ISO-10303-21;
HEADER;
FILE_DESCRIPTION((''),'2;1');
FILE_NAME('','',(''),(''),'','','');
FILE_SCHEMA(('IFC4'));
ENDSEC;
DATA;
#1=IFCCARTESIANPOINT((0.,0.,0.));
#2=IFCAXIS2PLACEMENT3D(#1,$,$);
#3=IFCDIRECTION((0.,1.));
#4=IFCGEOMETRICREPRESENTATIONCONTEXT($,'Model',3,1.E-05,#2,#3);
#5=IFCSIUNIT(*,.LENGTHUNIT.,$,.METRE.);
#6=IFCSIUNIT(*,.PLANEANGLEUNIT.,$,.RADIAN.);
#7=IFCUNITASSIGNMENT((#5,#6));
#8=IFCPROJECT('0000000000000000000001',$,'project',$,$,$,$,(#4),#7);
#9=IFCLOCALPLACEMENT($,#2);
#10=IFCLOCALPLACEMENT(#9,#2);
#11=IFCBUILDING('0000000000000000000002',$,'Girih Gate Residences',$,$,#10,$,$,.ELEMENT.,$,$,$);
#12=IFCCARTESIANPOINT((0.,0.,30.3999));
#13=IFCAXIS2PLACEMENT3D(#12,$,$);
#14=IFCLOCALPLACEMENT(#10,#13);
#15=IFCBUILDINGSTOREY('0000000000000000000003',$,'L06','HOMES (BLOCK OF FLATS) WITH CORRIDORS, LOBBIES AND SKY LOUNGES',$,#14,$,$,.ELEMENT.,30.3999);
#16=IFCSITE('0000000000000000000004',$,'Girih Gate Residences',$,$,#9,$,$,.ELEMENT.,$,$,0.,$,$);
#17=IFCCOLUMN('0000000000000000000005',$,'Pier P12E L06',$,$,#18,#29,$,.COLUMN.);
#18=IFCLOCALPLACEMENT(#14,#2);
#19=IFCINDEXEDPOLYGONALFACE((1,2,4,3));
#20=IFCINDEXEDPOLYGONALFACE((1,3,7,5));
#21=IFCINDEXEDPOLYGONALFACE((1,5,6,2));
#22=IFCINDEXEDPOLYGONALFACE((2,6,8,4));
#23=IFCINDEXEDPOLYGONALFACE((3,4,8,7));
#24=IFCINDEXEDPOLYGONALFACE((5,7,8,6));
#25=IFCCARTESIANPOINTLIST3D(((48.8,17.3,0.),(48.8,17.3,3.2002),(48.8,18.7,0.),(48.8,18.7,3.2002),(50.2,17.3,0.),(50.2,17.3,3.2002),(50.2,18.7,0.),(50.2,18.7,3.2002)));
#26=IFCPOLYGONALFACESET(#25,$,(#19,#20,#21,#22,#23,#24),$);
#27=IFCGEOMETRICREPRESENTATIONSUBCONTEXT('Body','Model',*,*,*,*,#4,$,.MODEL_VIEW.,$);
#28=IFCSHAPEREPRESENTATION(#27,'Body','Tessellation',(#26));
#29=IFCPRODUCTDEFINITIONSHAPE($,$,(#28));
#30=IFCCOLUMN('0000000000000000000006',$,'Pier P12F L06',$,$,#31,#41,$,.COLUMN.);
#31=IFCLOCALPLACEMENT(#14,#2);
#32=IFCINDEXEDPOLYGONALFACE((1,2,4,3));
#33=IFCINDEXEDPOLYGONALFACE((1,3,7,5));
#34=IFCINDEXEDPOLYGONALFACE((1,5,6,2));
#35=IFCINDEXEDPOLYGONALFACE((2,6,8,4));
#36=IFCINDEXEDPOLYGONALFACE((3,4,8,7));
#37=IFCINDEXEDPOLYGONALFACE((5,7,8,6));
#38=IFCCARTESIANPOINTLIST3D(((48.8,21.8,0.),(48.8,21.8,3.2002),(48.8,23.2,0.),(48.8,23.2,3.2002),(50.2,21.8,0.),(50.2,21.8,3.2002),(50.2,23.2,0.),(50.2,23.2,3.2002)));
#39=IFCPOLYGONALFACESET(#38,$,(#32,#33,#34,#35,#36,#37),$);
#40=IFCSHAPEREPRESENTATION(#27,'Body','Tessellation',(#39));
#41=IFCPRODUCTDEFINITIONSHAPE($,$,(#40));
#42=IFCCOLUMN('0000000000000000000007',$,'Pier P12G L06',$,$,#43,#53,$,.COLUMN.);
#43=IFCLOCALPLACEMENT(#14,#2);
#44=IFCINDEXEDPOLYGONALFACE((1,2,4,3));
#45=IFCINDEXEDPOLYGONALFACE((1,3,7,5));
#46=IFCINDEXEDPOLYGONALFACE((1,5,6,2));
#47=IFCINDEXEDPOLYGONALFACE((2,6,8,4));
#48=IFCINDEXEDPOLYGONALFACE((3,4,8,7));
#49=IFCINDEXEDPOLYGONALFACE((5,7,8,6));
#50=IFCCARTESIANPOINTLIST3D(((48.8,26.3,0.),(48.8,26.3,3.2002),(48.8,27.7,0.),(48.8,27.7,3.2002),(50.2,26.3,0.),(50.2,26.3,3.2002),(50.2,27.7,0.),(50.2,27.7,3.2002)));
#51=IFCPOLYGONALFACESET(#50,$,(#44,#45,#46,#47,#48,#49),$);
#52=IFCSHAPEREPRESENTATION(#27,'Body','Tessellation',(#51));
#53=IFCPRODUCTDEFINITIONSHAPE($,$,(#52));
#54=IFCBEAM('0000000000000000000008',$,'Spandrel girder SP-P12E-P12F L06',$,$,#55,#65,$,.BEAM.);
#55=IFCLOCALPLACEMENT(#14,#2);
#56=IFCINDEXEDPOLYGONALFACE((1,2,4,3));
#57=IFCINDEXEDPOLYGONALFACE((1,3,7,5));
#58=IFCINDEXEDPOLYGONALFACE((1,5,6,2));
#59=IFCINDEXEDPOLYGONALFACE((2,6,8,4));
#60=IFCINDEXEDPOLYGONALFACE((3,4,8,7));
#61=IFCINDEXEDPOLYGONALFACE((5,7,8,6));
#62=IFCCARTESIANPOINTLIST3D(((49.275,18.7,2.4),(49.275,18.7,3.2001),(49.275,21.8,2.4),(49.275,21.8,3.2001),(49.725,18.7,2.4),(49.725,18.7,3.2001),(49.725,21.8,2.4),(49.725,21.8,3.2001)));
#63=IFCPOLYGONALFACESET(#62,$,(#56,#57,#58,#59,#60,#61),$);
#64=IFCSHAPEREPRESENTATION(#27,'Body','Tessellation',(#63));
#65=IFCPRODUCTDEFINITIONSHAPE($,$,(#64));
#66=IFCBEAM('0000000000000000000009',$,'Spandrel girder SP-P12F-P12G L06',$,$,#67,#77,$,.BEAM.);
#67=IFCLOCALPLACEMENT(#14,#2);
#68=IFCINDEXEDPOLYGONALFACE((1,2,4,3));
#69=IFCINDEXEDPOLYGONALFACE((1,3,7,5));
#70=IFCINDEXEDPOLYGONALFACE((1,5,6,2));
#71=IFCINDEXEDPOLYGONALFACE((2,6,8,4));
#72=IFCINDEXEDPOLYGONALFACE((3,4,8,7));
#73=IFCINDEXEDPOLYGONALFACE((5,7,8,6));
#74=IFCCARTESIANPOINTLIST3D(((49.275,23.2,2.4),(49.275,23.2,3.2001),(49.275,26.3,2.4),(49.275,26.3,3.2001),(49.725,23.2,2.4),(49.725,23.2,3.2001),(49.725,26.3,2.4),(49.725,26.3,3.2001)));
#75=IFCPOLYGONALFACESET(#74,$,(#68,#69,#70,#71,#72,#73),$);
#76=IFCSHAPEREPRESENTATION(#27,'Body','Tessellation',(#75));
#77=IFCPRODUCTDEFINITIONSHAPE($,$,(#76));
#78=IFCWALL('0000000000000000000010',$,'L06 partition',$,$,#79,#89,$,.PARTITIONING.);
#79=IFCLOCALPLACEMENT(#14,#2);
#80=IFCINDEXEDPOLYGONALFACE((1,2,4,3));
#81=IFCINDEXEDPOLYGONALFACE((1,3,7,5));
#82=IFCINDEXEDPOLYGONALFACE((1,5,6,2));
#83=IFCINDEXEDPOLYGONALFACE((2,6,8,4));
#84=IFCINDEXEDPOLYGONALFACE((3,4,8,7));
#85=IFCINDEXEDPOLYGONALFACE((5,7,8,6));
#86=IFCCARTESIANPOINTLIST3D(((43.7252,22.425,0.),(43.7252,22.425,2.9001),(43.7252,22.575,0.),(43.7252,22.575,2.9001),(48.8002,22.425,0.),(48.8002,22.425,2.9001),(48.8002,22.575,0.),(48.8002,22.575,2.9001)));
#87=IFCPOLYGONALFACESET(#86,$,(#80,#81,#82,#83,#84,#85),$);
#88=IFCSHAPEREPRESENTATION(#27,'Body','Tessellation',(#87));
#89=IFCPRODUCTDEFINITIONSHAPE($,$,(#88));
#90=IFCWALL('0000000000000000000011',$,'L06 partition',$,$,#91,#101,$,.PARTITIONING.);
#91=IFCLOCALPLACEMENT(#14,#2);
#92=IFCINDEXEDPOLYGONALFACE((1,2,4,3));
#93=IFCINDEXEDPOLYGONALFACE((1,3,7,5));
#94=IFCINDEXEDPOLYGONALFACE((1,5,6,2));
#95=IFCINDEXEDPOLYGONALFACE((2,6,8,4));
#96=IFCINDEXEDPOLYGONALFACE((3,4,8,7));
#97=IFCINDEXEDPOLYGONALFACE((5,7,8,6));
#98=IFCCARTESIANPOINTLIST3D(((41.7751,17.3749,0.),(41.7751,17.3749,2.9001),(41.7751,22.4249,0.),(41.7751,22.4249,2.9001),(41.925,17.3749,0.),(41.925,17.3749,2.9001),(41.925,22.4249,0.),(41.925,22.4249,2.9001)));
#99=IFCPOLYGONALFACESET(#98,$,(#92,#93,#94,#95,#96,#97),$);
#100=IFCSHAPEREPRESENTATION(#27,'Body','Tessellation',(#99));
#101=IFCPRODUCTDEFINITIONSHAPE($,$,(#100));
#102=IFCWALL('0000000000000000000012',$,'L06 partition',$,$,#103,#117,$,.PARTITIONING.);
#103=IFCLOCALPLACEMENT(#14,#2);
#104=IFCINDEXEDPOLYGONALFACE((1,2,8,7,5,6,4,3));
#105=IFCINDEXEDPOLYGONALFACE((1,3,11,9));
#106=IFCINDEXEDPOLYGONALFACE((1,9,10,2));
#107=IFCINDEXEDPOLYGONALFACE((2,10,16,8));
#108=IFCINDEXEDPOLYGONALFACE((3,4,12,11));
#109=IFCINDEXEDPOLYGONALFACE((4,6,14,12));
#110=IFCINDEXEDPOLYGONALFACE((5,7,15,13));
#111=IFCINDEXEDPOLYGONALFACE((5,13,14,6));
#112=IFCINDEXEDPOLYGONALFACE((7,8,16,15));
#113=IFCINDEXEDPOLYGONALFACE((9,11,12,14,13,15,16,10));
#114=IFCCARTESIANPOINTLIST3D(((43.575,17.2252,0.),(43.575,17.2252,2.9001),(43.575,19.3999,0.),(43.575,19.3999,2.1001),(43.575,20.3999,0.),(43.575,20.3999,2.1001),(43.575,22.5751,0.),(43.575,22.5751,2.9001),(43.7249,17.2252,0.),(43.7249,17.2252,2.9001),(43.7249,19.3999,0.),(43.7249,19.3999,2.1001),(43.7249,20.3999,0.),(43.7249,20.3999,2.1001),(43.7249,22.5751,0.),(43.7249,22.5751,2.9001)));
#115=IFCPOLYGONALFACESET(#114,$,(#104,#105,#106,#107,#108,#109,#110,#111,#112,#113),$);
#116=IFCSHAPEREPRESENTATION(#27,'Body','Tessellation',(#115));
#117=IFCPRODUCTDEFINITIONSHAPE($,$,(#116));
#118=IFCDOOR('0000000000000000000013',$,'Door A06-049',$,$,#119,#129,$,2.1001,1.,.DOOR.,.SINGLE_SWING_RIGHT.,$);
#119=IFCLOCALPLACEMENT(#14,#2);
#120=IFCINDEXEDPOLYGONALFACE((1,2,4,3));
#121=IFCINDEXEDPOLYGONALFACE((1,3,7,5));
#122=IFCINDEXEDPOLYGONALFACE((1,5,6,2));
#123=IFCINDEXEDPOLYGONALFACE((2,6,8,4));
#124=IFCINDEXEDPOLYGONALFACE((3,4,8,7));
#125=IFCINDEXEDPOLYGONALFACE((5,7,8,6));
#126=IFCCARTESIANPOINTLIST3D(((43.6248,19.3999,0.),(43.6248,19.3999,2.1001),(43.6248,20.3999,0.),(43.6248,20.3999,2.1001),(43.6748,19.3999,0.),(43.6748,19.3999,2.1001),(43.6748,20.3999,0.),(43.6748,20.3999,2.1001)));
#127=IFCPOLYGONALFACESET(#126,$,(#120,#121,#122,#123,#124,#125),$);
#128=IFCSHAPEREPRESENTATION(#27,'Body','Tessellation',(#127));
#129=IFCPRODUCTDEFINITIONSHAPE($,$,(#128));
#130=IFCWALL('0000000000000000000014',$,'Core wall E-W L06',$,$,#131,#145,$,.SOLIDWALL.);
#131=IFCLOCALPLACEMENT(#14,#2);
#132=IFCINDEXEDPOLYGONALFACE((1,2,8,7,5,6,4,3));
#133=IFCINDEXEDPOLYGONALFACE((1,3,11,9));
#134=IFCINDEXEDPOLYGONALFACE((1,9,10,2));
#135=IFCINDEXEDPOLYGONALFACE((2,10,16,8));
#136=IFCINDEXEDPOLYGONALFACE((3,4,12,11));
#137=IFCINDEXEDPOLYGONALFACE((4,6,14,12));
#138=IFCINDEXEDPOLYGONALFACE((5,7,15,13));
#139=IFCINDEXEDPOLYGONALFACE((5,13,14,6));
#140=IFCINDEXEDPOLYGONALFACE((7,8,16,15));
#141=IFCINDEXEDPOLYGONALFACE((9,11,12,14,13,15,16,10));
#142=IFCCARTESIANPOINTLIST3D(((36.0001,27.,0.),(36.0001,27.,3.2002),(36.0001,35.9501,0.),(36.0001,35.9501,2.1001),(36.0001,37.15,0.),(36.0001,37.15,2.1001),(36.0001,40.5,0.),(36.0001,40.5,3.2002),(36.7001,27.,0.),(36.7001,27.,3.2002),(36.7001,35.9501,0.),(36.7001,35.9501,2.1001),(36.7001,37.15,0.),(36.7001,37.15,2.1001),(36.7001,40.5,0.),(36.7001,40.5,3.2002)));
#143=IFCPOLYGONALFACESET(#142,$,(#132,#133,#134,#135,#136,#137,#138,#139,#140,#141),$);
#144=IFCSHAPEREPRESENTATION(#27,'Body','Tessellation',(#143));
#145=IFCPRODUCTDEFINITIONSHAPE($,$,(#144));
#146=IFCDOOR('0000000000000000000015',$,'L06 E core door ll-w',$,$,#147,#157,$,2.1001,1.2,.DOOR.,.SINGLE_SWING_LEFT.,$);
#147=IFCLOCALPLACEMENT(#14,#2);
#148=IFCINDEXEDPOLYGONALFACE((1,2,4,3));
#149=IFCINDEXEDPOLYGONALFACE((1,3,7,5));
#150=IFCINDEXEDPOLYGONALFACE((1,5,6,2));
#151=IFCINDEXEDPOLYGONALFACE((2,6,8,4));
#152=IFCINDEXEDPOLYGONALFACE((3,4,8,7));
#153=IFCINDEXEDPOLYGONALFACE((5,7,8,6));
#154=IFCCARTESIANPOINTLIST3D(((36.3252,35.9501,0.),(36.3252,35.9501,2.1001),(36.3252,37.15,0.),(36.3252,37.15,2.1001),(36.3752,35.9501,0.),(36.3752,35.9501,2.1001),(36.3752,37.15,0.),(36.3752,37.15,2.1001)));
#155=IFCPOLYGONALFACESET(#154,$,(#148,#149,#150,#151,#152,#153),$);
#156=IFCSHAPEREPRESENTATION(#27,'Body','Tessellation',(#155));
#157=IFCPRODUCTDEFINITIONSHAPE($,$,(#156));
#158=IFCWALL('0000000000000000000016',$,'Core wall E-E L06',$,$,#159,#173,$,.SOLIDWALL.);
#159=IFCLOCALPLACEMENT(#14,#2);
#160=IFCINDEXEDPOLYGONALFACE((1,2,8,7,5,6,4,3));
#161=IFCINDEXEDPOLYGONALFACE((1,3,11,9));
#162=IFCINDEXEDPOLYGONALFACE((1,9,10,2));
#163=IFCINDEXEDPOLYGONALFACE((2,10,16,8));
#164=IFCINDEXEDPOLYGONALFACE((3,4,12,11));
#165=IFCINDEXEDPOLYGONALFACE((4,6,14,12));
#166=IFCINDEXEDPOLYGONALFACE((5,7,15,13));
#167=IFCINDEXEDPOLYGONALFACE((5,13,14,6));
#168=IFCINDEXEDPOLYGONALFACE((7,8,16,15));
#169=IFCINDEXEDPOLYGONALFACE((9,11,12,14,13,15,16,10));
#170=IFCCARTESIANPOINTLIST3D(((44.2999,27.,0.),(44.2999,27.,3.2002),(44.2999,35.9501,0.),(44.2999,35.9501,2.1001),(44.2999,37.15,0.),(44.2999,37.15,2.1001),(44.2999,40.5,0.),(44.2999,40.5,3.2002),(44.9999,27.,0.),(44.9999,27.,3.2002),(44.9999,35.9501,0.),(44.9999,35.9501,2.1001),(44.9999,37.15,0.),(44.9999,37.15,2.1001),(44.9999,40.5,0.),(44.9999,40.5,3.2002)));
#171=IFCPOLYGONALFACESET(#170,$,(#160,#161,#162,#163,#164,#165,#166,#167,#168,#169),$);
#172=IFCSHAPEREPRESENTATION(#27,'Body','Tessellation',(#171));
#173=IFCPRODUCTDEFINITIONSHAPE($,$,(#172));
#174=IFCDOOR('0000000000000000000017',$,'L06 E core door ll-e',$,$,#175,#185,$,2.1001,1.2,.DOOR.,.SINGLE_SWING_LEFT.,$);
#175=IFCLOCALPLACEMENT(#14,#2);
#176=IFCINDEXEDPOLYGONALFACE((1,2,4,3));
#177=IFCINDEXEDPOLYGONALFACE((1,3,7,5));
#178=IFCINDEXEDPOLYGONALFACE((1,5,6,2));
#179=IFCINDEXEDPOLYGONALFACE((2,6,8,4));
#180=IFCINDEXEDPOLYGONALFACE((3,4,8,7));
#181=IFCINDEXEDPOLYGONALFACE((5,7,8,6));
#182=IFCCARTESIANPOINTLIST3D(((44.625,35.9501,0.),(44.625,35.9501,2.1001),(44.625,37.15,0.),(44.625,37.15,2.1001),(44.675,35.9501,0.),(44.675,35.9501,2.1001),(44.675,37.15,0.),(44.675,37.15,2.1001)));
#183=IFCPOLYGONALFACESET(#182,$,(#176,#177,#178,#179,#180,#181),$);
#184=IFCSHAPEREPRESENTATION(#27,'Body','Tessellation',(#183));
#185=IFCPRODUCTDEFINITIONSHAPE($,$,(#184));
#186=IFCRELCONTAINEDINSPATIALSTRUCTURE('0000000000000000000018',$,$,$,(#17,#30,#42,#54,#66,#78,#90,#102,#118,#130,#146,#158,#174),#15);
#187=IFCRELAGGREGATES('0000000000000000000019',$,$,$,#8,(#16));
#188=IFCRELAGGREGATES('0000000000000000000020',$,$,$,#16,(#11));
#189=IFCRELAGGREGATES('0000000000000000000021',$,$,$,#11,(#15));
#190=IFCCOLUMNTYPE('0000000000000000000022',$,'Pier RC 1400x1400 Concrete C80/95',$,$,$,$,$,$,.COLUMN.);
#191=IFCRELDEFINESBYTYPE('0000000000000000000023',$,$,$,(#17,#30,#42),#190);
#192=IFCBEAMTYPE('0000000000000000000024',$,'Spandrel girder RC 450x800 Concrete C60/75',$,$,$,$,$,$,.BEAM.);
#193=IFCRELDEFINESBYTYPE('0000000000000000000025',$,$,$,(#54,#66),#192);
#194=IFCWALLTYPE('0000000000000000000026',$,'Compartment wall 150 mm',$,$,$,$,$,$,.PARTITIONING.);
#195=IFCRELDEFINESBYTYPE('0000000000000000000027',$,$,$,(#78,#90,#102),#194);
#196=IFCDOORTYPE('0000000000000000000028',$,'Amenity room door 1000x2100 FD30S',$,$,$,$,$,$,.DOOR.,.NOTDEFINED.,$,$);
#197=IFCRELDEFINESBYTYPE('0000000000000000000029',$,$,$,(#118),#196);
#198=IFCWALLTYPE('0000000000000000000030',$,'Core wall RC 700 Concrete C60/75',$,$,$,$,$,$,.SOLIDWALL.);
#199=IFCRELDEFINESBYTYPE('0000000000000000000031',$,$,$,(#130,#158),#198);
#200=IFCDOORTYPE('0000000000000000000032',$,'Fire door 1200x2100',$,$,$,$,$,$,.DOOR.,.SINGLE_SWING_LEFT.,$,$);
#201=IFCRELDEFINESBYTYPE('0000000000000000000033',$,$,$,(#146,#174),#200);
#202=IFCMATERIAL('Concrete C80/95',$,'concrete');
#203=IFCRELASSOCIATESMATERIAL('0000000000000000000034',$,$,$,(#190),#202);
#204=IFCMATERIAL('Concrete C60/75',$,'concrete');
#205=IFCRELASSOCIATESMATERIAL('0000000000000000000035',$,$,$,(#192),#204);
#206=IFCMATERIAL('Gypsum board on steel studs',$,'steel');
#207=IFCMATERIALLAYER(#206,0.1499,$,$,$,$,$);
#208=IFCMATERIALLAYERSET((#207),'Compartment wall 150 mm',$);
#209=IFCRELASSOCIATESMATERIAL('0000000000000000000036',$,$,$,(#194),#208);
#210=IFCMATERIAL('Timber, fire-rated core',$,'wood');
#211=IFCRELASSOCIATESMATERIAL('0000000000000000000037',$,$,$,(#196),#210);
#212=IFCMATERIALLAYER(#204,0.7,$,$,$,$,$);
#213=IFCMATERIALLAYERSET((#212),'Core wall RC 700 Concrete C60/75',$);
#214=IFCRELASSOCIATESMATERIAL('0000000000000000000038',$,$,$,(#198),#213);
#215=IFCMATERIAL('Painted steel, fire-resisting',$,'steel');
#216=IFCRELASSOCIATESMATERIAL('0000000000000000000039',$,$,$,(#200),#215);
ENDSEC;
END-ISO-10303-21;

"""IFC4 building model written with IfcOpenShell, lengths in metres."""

from ifc_helpers import new_model, si_unit, direction, frame, frame_2d, origin, origin_2d, place, context, subcontext, project, spatial, rectangle, extrude, material, layer, layer_set, material_profile, profile_set, type_object, element, fill, save


model = new_model("IFC4")

# Units and contexts
model_context = context("Model", 3, precision=1e-05, world=origin(), true_north=direction((0.0, 1.0)))
body_context = subcontext(model_context, "Body", "Model", "MODEL_VIEW")
ifc_project = project(units=[si_unit("LENGTHUNIT", "METRE"), si_unit("PLANEANGLEUNIT", "RADIAN")], contexts=[model_context])

# Site, building, storey
site_placement = place(None, origin())
site = spatial("IfcSite", under=ifc_project, at=site_placement, Name="Girih Gate Residences", CompositionType="ELEMENT", RefElevation=0.0)
building_placement = place(site_placement, origin())
building = spatial("IfcBuilding", under=site, at=building_placement, Name="Girih Gate Residences", CompositionType="ELEMENT")
storey_placement = place(building_placement, frame((0.0, 0.0, 30.3999)))
storey = spatial("IfcBuildingStorey", under=building, at=storey_placement, Name="L06", Description="HOMES (BLOCK OF FLATS) WITH CORRIDORS, LOBBIES AND SKY LOUNGES", CompositionType="ELEMENT", Elevation=30.3999)

# Columns
ifc_material_1 = material(Name="Concrete C80/95", Category="concrete")
ifc_material_profile_1 = material_profile(ifc_material_1, rectangle(XDim=1.3999, YDim=1.3999, at=origin_2d()))
ifc_profile_set_1 = profile_set([ifc_material_profile_1], Name="Concrete C80/95")
column_type = type_object("IfcColumnType", Name="Pier RC 1400x1400 Concrete C80/95", PredefinedType="COLUMN", material=ifc_profile_set_1)
for number, where, z_axis, x_axis, name in (
    (1, (49.5, 18.0, 0.0), (0.0, 0.0, 1.0), (1.0, 0.0, 0.0), "Pier P12E L06"),
    (2, (49.5, 22.5, 0.0), (0.0, 0.0, 1.0), (1.0, 0.0, 0.0), "Pier P12F L06"),
    (3, (49.5, 27.0, 0.0), (0.0, 0.0, 1.0), (1.0, 0.0, 0.0), "Pier P12G L06"),
):
    element("IfcColumn", number, at=place(storey_placement, frame(where, z_axis=z_axis, x_axis=x_axis)), inside=storey, type_object=column_type, Name=name, PredefinedType="COLUMN", context=body_context, shape_type="SweptSolid", body=[
        extrude(rectangle(XDim=1.3999, YDim=1.3999, at=origin_2d()), origin(), (0.0, 0.0, 1.0), 3.2002),
    ])

# Beams
ifc_material_2 = material(Name="Concrete C60/75", Category="concrete")
ifc_material_profile_2 = material_profile(ifc_material_2, rectangle(XDim=0.45, YDim=0.8, at=origin_2d()))
ifc_profile_set_2 = profile_set([ifc_material_profile_2], Name="Concrete C60/75")
beam_type = type_object("IfcBeamType", Name="Spandrel girder RC 450x800 Concrete C60/75", PredefinedType="BEAM", material=ifc_profile_set_2)
for number, where, z_axis, x_axis, name in (
    (4, (49.5, 18.7, 2.8), (0.0, 1.0, 0.0), (-1.0, 0.0, 0.0), "Spandrel girder SP-P12E-P12F L06"),
    (5, (49.5, 23.2, 2.8), (0.0, 1.0, 0.0), (-1.0, 0.0, 0.0), "Spandrel girder SP-P12F-P12G L06"),
):
    element("IfcBeam", number, at=place(storey_placement, frame(where, z_axis=z_axis, x_axis=x_axis)), inside=storey, type_object=beam_type, Name=name, PredefinedType="BEAM", context=body_context, shape_type="SweptSolid", body=[
        extrude(rectangle(XDim=0.45, YDim=0.8, at=origin_2d()), origin(), (0.0, 0.0, 1.0), 3.1001),
    ])

# Walls
ifc_material_3 = material(Name="Gypsum board on steel studs", Category="steel")
ifc_layer_1 = layer(ifc_material_3, 0.1499)
ifc_layer_set_1 = layer_set([ifc_layer_1], Name="Compartment wall 150 mm")
wall_type_1 = type_object("IfcWallType", Name="Compartment wall 150 mm", PredefinedType="PARTITIONING", material=ifc_layer_set_1)
wall_1_placement = place(storey_placement, frame((43.7251, 22.5, 0.0), z_axis=(0.0, 0.0, 1.0), x_axis=(1.0, 0.0, 0.0)))
element("IfcWall", 6, at=wall_1_placement, inside=storey, type_object=wall_type_1, Name="L06 partition", PredefinedType="PARTITIONING", context=body_context, shape_type="SweptSolid", body=[
    extrude(rectangle(XDim=5.075, YDim=0.1499, at=frame_2d((2.5376, 0.0))), origin(), (0.0, 0.0, 1.0), 2.9001),
])
wall_2_placement = place(storey_placement, frame((41.8501, 17.375, 0.0), z_axis=(0.0, 0.0, 1.0), x_axis=(0.0, 1.0, 0.0)))
element("IfcWall", 7, at=wall_2_placement, inside=storey, type_object=wall_type_1, Name="L06 partition", PredefinedType="PARTITIONING", context=body_context, shape_type="SweptSolid", body=[
    extrude(rectangle(XDim=5.05, YDim=0.1499, at=frame_2d((2.5249, 0.0))), origin(), (0.0, 0.0, 1.0), 2.9001),
])

# Walls, openings, doors
wall_3_placement = place(storey_placement, frame((43.6499, 22.575, 0.0), z_axis=(0.0, 0.0, 1.0), x_axis=(0.0, -1.0, 0.0)))
wall_3 = element("IfcWall", 8, at=wall_3_placement, inside=storey, type_object=wall_type_1, Name="L06 partition", PredefinedType="PARTITIONING", context=body_context, shape_type="SweptSolid", body=[
    extrude(rectangle(XDim=5.3499, YDim=0.1499, at=frame_2d((2.6748, 0.0))), origin(), (0.0, 0.0, 1.0), 2.9001),
])
opening_1_placement = place(wall_3_placement, frame((2.175, 0.0, 0.0)))
opening_1 = element("IfcOpeningElement", 9, at=opening_1_placement, cuts=wall_3, PredefinedType="OPENING", context=body_context, shape_type="SweptSolid", body=[
    extrude(rectangle(XDim=1.0, YDim=2.1001, at=frame_2d((0.5, 1.05))), frame((0.0, 0.085, 0.0), z_axis=(0.0, -1.0, 0.0), x_axis=(1.0, 0.0, 0.0)), (0.0, 0.0, 1.0), 0.1699),
])
ifc_material_4 = material(Name="Timber, fire-rated core", Category="wood")
door_type_1 = type_object("IfcDoorType", Name="Amenity room door 1000x2100 FD30S", OperationType="NOTDEFINED", PredefinedType="DOOR", material=ifc_material_4)
door_1_placement = place(opening_1_placement, origin())
door_1 = element("IfcDoor", 10, at=door_1_placement, inside=storey, type_object=door_type_1, Name="Door A06-049", OperationType="SINGLE_SWING_RIGHT", OverallHeight=2.1001, OverallWidth=1.0, PredefinedType="DOOR", context=body_context, shape_type="SweptSolid", body=[
    extrude(rectangle(XDim=1.0, YDim=2.1001, at=frame_2d((0.5, 1.05))), frame((0.0, 0.0249, 0.0), z_axis=(0.0, -1.0, 0.0), x_axis=(1.0, 0.0, 0.0)), (0.0, 0.0, 1.0), 0.05),
])
fill(opening_1, door_1)
ifc_layer_2 = layer(ifc_material_2, 0.7)
ifc_layer_set_2 = layer_set([ifc_layer_2], Name="Core wall RC 700 Concrete C60/75")
wall_type_2 = type_object("IfcWallType", Name="Core wall RC 700 Concrete C60/75", PredefinedType="SOLIDWALL", material=ifc_layer_set_2)
wall_4_placement = place(storey_placement, frame((36.3501, 27.0, 0.0), z_axis=(0.0, 0.0, 1.0), x_axis=(0.0, 1.0, 0.0)))
wall_4 = element("IfcWall", 11, at=wall_4_placement, inside=storey, type_object=wall_type_2, Name="Core wall E-W L06", PredefinedType="SOLIDWALL", context=body_context, shape_type="SweptSolid", body=[
    extrude(rectangle(XDim=13.5, YDim=0.7, at=frame_2d((6.75, 0.0))), origin(), (0.0, 0.0, 1.0), 3.2002),
])
opening_2_placement = place(wall_4_placement, frame((8.95, 0.0, 0.0)))
opening_2 = element("IfcOpeningElement", 12, at=opening_2_placement, cuts=wall_4, PredefinedType="OPENING", context=body_context, shape_type="SweptSolid", body=[
    extrude(rectangle(XDim=1.2, YDim=2.1001, at=frame_2d((0.6001, 1.05))), frame((0.0, 0.3599, 0.0), z_axis=(0.0, -1.0, 0.0), x_axis=(1.0, 0.0, 0.0)), (0.0, 0.0, 1.0), 0.72),
])
ifc_material_5 = material(Name="Painted steel, fire-resisting", Category="steel")
door_type_2 = type_object("IfcDoorType", Name="Fire door 1200x2100", OperationType="SINGLE_SWING_LEFT", PredefinedType="DOOR", material=ifc_material_5)
door_2_placement = place(opening_2_placement, origin())
door_2 = element("IfcDoor", 13, at=door_2_placement, inside=storey, type_object=door_type_2, Name="L06 E core door ll-w", OperationType="SINGLE_SWING_LEFT", OverallHeight=2.1001, OverallWidth=1.2, PredefinedType="DOOR", context=body_context, shape_type="SweptSolid", body=[
    extrude(rectangle(XDim=1.2, YDim=2.1001, at=frame_2d((0.6001, 1.05))), frame((0.0, 0.0249, 0.0), z_axis=(0.0, -1.0, 0.0), x_axis=(1.0, 0.0, 0.0)), (0.0, 0.0, 1.0), 0.05),
])
fill(opening_2, door_2)
wall_5_placement = place(storey_placement, frame((44.6499, 27.0, 0.0), z_axis=(0.0, 0.0, 1.0), x_axis=(0.0, 1.0, 0.0)))
wall_5 = element("IfcWall", 14, at=wall_5_placement, inside=storey, type_object=wall_type_2, Name="Core wall E-E L06", PredefinedType="SOLIDWALL", context=body_context, shape_type="SweptSolid", body=[
    extrude(rectangle(XDim=13.5, YDim=0.7, at=frame_2d((6.75, 0.0))), origin(), (0.0, 0.0, 1.0), 3.2002),
])
opening_3_placement = place(wall_5_placement, frame((8.95, 0.0, 0.0)))
opening_3 = element("IfcOpeningElement", 15, at=opening_3_placement, cuts=wall_5, PredefinedType="OPENING", context=body_context, shape_type="SweptSolid", body=[
    extrude(rectangle(XDim=1.2, YDim=2.1001, at=frame_2d((0.6001, 1.05))), frame((0.0, 0.3599, 0.0), z_axis=(0.0, -1.0, 0.0), x_axis=(1.0, 0.0, 0.0)), (0.0, 0.0, 1.0), 0.72),
])
door_3_placement = place(opening_3_placement, origin())
door_3 = element("IfcDoor", 16, at=door_3_placement, inside=storey, type_object=door_type_2, Name="L06 E core door ll-e", OperationType="SINGLE_SWING_LEFT", OverallHeight=2.1001, OverallWidth=1.2, PredefinedType="DOOR", context=body_context, shape_type="SweptSolid", body=[
    extrude(rectangle(XDim=1.2, YDim=2.1001, at=frame_2d((0.6001, 1.05))), frame((0.0, 0.0249, 0.0), z_axis=(0.0, -1.0, 0.0), x_axis=(1.0, 0.0, 0.0)), (0.0, 0.0, 1.0), 0.05),
])
fill(opening_3, door_3)

save(model, "model.ifc")
